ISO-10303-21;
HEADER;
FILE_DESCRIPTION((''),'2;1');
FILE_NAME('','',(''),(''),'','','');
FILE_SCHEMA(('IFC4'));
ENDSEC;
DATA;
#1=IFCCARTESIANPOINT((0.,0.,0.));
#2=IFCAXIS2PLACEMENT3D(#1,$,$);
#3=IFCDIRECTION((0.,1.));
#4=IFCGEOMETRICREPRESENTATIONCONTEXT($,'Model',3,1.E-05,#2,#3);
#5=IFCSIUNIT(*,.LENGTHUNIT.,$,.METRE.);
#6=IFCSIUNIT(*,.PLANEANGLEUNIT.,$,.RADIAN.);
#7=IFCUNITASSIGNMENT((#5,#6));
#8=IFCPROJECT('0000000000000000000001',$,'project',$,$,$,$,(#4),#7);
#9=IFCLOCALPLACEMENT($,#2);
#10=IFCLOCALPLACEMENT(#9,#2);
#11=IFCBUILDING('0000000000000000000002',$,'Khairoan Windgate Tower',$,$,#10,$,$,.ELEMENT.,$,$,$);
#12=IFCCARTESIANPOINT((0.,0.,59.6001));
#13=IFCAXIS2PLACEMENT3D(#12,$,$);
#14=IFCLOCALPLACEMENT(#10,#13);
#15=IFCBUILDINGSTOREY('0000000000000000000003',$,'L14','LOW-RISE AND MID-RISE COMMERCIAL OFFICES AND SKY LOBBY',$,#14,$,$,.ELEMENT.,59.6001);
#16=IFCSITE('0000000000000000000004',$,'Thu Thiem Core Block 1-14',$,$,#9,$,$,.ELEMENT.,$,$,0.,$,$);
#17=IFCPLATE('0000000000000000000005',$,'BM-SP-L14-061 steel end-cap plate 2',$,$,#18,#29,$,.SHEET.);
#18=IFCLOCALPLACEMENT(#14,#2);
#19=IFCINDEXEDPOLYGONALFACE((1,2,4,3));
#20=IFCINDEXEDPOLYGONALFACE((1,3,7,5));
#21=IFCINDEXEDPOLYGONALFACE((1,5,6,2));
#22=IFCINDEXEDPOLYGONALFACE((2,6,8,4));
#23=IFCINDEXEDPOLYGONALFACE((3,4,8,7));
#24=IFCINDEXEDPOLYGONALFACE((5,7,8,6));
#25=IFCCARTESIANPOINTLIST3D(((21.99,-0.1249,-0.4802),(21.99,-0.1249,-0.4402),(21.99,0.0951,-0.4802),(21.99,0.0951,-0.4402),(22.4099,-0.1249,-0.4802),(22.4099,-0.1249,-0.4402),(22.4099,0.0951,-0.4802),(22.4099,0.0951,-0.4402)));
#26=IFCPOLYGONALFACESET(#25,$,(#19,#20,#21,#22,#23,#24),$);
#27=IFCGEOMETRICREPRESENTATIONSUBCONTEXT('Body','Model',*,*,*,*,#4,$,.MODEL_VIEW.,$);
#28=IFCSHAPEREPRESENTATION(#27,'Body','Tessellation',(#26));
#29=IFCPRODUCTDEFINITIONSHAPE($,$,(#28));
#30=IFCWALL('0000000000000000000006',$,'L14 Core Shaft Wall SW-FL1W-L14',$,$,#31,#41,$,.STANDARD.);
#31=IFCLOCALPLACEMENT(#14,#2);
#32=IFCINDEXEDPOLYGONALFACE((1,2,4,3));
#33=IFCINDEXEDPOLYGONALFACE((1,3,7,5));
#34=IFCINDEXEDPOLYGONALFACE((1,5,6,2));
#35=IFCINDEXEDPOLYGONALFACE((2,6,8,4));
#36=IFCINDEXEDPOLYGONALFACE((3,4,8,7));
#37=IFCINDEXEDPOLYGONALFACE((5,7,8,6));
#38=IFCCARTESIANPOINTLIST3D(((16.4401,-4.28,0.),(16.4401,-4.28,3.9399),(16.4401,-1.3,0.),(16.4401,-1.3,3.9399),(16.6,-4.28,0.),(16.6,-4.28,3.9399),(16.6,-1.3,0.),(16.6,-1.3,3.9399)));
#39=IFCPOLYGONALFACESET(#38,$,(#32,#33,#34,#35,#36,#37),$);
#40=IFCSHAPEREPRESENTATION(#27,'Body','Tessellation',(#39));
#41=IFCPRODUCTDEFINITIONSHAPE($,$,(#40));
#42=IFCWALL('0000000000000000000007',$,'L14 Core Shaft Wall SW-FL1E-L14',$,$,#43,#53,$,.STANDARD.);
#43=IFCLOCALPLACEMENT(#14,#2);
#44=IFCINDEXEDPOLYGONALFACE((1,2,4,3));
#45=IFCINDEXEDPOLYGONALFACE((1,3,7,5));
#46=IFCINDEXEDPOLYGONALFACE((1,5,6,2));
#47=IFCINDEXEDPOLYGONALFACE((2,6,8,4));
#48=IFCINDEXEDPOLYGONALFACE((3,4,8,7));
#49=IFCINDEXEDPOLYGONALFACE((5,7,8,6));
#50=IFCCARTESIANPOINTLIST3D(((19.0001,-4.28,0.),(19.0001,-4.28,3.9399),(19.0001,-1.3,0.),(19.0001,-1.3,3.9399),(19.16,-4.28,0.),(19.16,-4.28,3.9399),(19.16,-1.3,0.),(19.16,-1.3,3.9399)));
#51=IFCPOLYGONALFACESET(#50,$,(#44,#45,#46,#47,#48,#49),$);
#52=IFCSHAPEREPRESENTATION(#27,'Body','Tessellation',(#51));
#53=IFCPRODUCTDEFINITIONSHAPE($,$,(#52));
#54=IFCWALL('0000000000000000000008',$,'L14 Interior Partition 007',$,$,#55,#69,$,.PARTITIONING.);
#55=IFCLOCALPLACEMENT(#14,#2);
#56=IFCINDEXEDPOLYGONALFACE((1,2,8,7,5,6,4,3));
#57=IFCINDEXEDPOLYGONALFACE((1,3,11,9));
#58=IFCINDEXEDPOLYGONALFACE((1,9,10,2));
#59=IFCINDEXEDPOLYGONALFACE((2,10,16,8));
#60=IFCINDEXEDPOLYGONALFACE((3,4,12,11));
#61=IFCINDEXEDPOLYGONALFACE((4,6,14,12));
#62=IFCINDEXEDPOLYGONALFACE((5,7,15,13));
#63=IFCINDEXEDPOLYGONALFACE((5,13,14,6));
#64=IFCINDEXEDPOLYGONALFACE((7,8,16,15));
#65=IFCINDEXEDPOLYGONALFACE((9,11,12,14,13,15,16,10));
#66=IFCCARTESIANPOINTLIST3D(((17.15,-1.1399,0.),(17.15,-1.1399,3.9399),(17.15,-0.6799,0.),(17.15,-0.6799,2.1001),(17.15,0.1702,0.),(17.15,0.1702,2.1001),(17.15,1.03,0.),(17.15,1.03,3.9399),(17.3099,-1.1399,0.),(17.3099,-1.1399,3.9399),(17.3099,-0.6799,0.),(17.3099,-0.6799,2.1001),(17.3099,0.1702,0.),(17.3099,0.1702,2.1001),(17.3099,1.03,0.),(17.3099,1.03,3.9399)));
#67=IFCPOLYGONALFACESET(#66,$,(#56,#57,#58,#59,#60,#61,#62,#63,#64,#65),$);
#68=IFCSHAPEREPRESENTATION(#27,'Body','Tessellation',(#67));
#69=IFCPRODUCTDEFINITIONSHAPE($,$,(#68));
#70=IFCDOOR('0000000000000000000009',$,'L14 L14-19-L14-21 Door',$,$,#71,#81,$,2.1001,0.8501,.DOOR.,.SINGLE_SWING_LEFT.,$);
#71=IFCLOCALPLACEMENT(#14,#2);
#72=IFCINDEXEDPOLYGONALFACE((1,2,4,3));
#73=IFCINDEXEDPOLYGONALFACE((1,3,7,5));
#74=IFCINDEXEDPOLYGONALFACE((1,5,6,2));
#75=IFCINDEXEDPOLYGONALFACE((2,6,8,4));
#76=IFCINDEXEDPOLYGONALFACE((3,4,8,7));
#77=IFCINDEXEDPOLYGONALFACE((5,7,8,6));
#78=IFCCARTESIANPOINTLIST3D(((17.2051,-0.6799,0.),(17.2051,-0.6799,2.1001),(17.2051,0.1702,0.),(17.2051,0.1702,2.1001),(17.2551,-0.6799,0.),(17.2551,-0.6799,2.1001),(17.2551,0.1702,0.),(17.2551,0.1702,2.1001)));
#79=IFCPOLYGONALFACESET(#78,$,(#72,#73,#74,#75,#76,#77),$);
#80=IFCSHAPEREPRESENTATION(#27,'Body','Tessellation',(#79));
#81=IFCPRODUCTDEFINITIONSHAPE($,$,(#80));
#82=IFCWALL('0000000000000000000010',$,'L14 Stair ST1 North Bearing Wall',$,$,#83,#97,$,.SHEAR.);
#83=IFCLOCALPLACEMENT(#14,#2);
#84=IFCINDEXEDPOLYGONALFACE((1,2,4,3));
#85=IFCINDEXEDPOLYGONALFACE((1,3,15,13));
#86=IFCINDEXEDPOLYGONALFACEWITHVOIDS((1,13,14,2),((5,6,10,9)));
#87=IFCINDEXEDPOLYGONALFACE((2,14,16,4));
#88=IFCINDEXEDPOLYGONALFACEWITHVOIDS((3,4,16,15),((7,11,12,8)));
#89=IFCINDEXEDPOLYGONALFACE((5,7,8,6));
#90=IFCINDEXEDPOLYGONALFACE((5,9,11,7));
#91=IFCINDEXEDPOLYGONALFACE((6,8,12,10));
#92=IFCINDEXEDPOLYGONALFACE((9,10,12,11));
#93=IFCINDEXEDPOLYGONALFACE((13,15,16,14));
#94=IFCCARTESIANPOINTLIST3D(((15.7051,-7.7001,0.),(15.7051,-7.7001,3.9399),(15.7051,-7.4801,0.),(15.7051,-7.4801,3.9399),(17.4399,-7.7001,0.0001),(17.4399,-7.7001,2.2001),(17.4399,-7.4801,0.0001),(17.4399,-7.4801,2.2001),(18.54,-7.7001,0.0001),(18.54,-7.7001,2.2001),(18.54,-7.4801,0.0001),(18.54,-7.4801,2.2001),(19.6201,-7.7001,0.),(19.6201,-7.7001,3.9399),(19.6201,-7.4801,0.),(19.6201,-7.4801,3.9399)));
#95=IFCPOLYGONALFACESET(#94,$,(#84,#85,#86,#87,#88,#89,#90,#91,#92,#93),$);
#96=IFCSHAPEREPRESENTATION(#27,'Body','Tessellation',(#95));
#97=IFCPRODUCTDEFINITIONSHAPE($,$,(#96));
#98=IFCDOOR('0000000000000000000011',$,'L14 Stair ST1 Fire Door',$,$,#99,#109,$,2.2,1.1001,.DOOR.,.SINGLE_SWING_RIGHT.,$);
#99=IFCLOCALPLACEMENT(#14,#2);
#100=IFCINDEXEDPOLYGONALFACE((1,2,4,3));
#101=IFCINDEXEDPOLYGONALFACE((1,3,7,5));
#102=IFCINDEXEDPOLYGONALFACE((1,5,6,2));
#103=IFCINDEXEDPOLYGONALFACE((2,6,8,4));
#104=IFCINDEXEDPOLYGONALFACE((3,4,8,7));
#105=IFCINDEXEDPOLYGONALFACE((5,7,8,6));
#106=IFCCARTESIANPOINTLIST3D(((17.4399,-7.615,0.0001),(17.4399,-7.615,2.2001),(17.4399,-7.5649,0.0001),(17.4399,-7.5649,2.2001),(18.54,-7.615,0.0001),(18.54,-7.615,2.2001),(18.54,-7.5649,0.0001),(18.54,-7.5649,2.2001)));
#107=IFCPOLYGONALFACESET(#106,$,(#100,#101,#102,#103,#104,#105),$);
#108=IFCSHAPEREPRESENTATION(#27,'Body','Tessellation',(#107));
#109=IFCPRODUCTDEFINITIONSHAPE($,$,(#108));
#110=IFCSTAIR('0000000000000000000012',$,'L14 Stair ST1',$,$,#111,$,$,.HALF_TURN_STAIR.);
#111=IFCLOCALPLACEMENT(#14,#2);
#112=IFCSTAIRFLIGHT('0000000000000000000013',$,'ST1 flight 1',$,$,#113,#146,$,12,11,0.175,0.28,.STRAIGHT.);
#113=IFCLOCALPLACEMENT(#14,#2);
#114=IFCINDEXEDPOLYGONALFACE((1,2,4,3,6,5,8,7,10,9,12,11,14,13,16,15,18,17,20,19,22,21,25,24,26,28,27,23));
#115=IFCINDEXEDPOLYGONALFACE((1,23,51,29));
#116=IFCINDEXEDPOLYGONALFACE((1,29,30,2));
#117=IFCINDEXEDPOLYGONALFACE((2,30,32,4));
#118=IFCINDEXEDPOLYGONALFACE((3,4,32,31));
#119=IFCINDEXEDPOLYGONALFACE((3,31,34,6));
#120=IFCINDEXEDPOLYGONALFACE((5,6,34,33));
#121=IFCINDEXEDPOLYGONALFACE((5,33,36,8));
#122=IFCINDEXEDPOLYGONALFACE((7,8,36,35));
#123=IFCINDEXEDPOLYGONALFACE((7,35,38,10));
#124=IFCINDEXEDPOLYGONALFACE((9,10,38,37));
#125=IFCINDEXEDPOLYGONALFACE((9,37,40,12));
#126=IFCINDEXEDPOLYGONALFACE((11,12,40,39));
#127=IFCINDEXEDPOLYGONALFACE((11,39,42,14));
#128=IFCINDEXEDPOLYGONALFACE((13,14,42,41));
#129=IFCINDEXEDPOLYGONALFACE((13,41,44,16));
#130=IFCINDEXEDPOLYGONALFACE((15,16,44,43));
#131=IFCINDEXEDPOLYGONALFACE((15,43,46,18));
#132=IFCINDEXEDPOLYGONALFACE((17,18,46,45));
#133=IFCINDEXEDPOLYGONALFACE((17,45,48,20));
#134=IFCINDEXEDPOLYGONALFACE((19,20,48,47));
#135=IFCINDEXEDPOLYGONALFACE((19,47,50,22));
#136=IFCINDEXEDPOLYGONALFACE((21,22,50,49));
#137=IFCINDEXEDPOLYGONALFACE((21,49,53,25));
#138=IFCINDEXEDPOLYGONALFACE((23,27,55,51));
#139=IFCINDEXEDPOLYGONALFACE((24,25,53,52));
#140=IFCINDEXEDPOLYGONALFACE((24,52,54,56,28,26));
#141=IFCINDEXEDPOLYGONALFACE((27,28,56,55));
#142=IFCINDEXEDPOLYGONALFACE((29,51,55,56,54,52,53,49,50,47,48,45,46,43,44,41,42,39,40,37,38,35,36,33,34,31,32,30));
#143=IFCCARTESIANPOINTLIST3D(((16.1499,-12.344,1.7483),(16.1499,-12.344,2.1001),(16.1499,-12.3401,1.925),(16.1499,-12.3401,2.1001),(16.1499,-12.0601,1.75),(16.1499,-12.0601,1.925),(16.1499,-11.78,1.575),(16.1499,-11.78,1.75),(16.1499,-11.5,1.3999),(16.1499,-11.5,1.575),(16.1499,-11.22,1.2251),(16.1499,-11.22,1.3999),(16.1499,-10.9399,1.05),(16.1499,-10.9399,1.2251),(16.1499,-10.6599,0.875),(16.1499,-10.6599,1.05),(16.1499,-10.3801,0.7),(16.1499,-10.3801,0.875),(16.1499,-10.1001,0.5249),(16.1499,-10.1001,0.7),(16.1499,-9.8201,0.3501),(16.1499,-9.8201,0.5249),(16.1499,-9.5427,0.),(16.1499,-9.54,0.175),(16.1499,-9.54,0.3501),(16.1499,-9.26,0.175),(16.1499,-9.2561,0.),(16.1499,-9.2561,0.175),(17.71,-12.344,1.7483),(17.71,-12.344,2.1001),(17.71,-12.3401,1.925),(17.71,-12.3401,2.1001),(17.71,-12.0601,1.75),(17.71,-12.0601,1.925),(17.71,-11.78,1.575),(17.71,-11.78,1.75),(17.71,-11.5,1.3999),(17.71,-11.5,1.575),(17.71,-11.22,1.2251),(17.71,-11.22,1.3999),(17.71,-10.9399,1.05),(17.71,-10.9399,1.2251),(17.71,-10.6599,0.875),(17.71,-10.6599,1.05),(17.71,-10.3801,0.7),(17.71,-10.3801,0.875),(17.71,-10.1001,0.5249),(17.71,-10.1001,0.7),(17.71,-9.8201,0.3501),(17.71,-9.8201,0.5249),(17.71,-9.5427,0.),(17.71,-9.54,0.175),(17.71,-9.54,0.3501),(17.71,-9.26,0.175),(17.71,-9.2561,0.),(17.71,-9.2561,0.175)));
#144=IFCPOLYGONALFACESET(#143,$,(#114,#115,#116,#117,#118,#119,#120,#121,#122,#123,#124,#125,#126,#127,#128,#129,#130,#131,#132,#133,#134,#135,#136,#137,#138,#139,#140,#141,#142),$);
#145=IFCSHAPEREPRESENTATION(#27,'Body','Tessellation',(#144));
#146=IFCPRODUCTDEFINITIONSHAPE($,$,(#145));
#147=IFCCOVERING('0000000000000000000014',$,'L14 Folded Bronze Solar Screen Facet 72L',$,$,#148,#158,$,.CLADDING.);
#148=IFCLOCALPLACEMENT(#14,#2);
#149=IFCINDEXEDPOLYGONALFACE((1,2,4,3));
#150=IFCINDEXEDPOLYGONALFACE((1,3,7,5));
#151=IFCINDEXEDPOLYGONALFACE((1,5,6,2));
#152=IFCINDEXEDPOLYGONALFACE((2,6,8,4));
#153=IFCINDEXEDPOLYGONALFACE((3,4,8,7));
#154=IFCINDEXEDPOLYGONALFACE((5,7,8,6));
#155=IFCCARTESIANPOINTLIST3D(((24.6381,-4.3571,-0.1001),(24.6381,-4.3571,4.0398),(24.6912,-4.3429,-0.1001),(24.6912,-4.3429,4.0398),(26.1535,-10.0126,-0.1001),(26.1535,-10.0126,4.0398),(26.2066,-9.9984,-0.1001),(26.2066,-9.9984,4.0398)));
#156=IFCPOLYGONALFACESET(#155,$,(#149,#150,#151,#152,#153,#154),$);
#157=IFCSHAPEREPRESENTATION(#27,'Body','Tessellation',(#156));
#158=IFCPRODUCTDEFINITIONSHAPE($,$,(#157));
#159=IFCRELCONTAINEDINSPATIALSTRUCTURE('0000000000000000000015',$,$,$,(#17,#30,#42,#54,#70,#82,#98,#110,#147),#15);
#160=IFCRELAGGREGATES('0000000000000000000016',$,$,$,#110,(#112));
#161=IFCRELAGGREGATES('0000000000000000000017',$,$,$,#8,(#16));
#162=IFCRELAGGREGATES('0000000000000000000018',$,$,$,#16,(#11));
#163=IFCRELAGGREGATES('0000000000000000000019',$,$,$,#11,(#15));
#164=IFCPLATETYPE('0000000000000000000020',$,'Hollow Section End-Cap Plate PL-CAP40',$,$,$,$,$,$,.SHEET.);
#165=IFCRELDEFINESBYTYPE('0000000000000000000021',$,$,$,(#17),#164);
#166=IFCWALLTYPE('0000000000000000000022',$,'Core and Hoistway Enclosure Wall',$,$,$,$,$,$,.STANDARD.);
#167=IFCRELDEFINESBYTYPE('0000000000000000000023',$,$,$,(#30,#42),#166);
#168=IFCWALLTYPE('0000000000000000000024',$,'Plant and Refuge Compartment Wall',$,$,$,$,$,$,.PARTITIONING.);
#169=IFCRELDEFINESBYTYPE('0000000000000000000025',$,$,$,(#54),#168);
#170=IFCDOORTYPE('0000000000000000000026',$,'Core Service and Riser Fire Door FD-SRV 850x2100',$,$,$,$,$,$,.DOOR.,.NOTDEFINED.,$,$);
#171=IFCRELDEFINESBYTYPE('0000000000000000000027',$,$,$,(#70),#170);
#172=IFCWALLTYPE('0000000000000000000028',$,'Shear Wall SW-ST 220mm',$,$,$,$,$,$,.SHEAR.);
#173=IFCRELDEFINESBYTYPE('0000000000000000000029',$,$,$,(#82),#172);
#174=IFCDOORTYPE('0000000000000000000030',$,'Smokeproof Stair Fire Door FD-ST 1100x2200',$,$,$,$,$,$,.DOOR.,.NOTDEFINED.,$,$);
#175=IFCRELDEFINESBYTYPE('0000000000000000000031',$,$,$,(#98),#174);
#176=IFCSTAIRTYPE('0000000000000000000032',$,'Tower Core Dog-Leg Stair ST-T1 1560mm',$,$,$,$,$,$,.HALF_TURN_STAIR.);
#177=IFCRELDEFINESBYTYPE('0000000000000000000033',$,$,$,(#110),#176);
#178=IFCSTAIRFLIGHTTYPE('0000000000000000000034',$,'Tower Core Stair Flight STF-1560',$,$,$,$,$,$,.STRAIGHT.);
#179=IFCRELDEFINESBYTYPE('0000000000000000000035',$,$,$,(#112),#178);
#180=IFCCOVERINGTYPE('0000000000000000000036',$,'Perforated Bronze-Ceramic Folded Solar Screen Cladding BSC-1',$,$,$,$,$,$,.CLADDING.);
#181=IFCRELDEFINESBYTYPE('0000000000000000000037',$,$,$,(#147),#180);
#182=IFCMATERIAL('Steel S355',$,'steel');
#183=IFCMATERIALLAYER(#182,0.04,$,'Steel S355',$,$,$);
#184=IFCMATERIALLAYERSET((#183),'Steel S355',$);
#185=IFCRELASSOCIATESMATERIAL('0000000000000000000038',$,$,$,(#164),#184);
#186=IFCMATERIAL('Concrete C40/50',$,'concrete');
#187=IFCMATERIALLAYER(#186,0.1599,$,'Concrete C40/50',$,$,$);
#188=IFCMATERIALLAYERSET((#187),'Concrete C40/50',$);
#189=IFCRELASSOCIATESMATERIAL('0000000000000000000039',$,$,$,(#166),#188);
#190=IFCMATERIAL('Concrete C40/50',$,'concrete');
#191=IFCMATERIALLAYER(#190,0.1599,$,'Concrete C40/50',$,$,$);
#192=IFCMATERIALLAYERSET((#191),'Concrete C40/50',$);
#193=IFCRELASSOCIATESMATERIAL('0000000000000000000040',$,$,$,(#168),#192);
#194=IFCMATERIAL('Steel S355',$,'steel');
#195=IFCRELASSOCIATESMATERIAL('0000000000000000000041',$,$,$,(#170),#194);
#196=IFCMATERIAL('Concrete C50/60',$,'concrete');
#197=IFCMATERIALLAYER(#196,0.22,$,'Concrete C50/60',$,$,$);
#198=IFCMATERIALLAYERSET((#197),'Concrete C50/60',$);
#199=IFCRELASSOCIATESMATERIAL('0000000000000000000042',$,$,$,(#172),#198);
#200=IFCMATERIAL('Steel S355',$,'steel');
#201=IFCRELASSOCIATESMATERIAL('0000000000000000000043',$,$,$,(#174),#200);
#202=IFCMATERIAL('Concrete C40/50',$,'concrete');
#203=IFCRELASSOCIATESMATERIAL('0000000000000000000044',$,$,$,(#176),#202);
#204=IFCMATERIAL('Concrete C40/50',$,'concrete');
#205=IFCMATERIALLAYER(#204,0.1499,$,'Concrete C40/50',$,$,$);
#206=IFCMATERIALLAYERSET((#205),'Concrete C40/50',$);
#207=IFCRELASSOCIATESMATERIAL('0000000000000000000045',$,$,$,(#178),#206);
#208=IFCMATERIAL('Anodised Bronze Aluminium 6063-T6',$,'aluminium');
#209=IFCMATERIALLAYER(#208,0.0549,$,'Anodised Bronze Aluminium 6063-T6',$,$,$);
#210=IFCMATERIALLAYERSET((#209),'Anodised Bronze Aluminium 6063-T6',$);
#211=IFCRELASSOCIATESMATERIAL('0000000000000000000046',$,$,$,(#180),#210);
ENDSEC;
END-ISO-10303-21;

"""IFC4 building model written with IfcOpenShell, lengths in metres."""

from ifc_helpers import new_model, si_unit, direction, frame, frame_2d, origin, origin_2d, place, context, subcontext, project, spatial, polyline, rectangle, outline, extrude, material, layer, layer_set, type_object, element, fill, aggregate, save


model = new_model("IFC4")

# Units and contexts
model_context = context("Model", 3, precision=1e-05, world=origin(), true_north=direction((0.0, 1.0)))
body_context = subcontext(model_context, "Body", "Model", "MODEL_VIEW")
ifc_project = project(units=[si_unit("LENGTHUNIT", "METRE"), si_unit("PLANEANGLEUNIT", "RADIAN")], contexts=[model_context])

# Site, building, storey
site_placement = place(None, origin())
site = spatial("IfcSite", under=ifc_project, at=site_placement, Name="Thu Thiem Core Block 1-14", CompositionType="ELEMENT", RefElevation=0.0)
building_placement = place(site_placement, origin())
building = spatial("IfcBuilding", under=site, at=building_placement, Name="Khairoan Windgate Tower", CompositionType="ELEMENT")
storey_placement = place(building_placement, frame((0.0, 0.0, 59.6001)))
storey = spatial("IfcBuildingStorey", under=building, at=storey_placement, Name="L14", Description="LOW-RISE AND MID-RISE COMMERCIAL OFFICES AND SKY LOBBY", CompositionType="ELEMENT", Elevation=59.6001)

# Plate
ifc_material_1 = material(Name="Steel S355", Category="steel")
ifc_layer_1 = layer(ifc_material_1, 0.04, Name="Steel S355")
ifc_layer_set_1 = layer_set([ifc_layer_1], Name="Steel S355")
plate_type = type_object("IfcPlateType", Name="Hollow Section End-Cap Plate PL-CAP40", PredefinedType="SHEET", material=ifc_layer_set_1)
for number, where, z_axis, x_axis, name in (
    (1, (22.2, -0.0149, -0.4802), (0.0, 0.0, 1.0), (0.0, 1.0, 0.0), "BM-SP-L14-061 steel end-cap plate 2"),
):
    element("IfcPlate", number, at=place(storey_placement, frame(where, z_axis=z_axis, x_axis=x_axis)), inside=storey, type_object=plate_type, Name=name, PredefinedType="SHEET", context=body_context, shape_type="SweptSolid", body=[
        extrude(rectangle(XDim=0.22, YDim=0.4199, at=origin_2d()), origin(), (0.0, 0.0, 1.0), 0.04),
    ])

# Walls
ifc_material_2 = material(Name="Concrete C40/50", Category="concrete")
ifc_layer_2 = layer(ifc_material_2, 0.1599, Name="Concrete C40/50")
ifc_layer_set_2 = layer_set([ifc_layer_2], Name="Concrete C40/50")
wall_type_1 = type_object("IfcWallType", Name="Core and Hoistway Enclosure Wall", PredefinedType="STANDARD", material=ifc_layer_set_2)
for number, where, z_axis, x_axis, name in (
    (2, (16.52, -4.28, 0.0), (0.0, 0.0, 1.0), (0.0, 1.0, 0.0), "L14 Core Shaft Wall SW-FL1W-L14"),
    (3, (19.0801, -4.28, 0.0), (0.0, 0.0, 1.0), (0.0, 1.0, 0.0), "L14 Core Shaft Wall SW-FL1E-L14"),
):
    element("IfcWall", number, at=place(storey_placement, frame(where, z_axis=z_axis, x_axis=x_axis)), inside=storey, type_object=wall_type_1, Name=name, PredefinedType="STANDARD", context=body_context, shape_type="SweptSolid", body=[
        extrude(rectangle(XDim=2.98, YDim=0.1599, at=frame_2d((1.49, 0.0))), origin(), (0.0, 0.0, 1.0), 3.9399),
    ])

# Walls, openings, doors
ifc_material_3 = material(Name="Concrete C40/50", Category="concrete")
ifc_layer_3 = layer(ifc_material_3, 0.1599, Name="Concrete C40/50")
ifc_layer_set_3 = layer_set([ifc_layer_3], Name="Concrete C40/50")
wall_type_2 = type_object("IfcWallType", Name="Plant and Refuge Compartment Wall", PredefinedType="PARTITIONING", material=ifc_layer_set_3)
wall_1_placement = place(storey_placement, frame((17.23, -1.1399, 0.0), z_axis=(0.0, 0.0, 1.0), x_axis=(0.0, 1.0, 0.0)))
wall_1 = element("IfcWall", 4, at=wall_1_placement, inside=storey, type_object=wall_type_2, Name="L14 Interior Partition 007", PredefinedType="PARTITIONING", context=body_context, shape_type="SweptSolid", body=[
    extrude(rectangle(XDim=2.1699, YDim=0.1599, at=frame_2d((1.085, 0.0))), origin(), (0.0, 0.0, 1.0), 3.9399),
])
opening_1_placement = place(wall_1_placement, frame((0.46, 0.0, 0.0)))
opening_1 = element("IfcOpeningElement", 5, at=opening_1_placement, cuts=wall_1, PredefinedType="OPENING", context=body_context, shape_type="SweptSolid", body=[
    extrude(rectangle(XDim=0.8501, YDim=2.1001, at=frame_2d((0.425, 1.05))), frame((0.0, 0.0898, 0.0), z_axis=(0.0, -1.0, 0.0), x_axis=(1.0, 0.0, 0.0)), (0.0, 0.0, 1.0), 0.1799),
])
ifc_material_4 = material(Name="Steel S355", Category="steel")
door_type_1 = type_object("IfcDoorType", Name="Core Service and Riser Fire Door FD-SRV 850x2100", OperationType="NOTDEFINED", PredefinedType="DOOR", material=ifc_material_4)
door_1_placement = place(opening_1_placement, origin())
door_1 = element("IfcDoor", 6, at=door_1_placement, inside=storey, type_object=door_type_1, Name="L14 L14-19-L14-21 Door", OperationType="SINGLE_SWING_LEFT", OverallHeight=2.1001, OverallWidth=0.8501, PredefinedType="DOOR", context=body_context, shape_type="SweptSolid", body=[
    extrude(rectangle(XDim=0.8501, YDim=2.1001, at=frame_2d((0.425, 1.05))), frame((0.0, 0.0249, 0.0), z_axis=(0.0, -1.0, 0.0), x_axis=(1.0, 0.0, 0.0)), (0.0, 0.0, 1.0), 0.05),
])
fill(opening_1, door_1)
ifc_material_5 = material(Name="Concrete C50/60", Category="concrete")
ifc_layer_4 = layer(ifc_material_5, 0.22, Name="Concrete C50/60")
ifc_layer_set_4 = layer_set([ifc_layer_4], Name="Concrete C50/60")
wall_type_3 = type_object("IfcWallType", Name="Shear Wall SW-ST 220mm", PredefinedType="SHEAR", material=ifc_layer_set_4)
wall_2_placement = place(storey_placement, frame((19.6201, -7.5901, 0.0), z_axis=(0.0, 0.0, 1.0), x_axis=(-1.0, 0.0, 0.0)))
wall_2 = element("IfcWall", 7, at=wall_2_placement, inside=storey, type_object=wall_type_3, Name="L14 Stair ST1 North Bearing Wall", PredefinedType="SHEAR", context=body_context, shape_type="SweptSolid", body=[
    extrude(rectangle(XDim=3.915, YDim=0.22, at=frame_2d((1.9575, 0.0))), origin(), (0.0, 0.0, 1.0), 3.9399),
])
opening_2_placement = place(wall_2_placement, frame((1.0801, 0.0, 0.0)))
opening_2 = element("IfcOpeningElement", 8, at=opening_2_placement, cuts=wall_2, PredefinedType="OPENING", context=body_context, shape_type="SweptSolid", body=[
    extrude(rectangle(XDim=1.1001, YDim=2.2, at=frame_2d((0.55, 1.1001))), frame((0.0, 0.1199, 0.0), z_axis=(0.0, -1.0, 0.0), x_axis=(1.0, 0.0, 0.0)), (0.0, 0.0, 1.0), 0.24),
])
ifc_material_6 = material(Name="Steel S355", Category="steel")
door_type_2 = type_object("IfcDoorType", Name="Smokeproof Stair Fire Door FD-ST 1100x2200", OperationType="NOTDEFINED", PredefinedType="DOOR", material=ifc_material_6)
door_2_placement = place(opening_2_placement, origin())
door_2 = element("IfcDoor", 9, at=door_2_placement, inside=storey, type_object=door_type_2, Name="L14 Stair ST1 Fire Door", OperationType="SINGLE_SWING_RIGHT", OverallHeight=2.2, OverallWidth=1.1001, PredefinedType="DOOR", context=body_context, shape_type="SweptSolid", body=[
    extrude(rectangle(XDim=1.1001, YDim=2.2, at=frame_2d((0.55, 1.1001))), frame((0.0, 0.0249, 0.0), z_axis=(0.0, -1.0, 0.0), x_axis=(1.0, 0.0, 0.0)), (0.0, 0.0, 1.0), 0.05),
])
fill(opening_2, door_2)

# Stair, stair flight
ifc_material_7 = material(Name="Concrete C40/50", Category="concrete")
stair_type = type_object("IfcStairType", Name="Tower Core Dog-Leg Stair ST-T1 1560mm", PredefinedType="HALF_TURN_STAIR", material=ifc_material_7)
stair_placement = place(storey_placement, origin())
stair = element("IfcStair", 10, at=stair_placement, inside=storey, type_object=stair_type, Name="L14 Stair ST1", PredefinedType="HALF_TURN_STAIR")
ifc_material_8 = material(Name="Concrete C40/50", Category="concrete")
ifc_layer_5 = layer(ifc_material_8, 0.1499, Name="Concrete C40/50")
ifc_layer_set_5 = layer_set([ifc_layer_5], Name="Concrete C40/50")
stair_flight_type = type_object("IfcStairFlightType", Name="Tower Core Stair Flight STF-1560", PredefinedType="STRAIGHT", material=ifc_layer_set_5)
stair_flight_placement = place(storey_placement, frame((16.9299, -9.26, 0.0), z_axis=(0.0, 0.0, 1.0), x_axis=(0.0, -1.0, 0.0)))
stair_flight = element("IfcStairFlight", 11, at=stair_flight_placement, type_object=stair_flight_type, Name="ST1 flight 1", NumberOfRisers=12, NumberOfTreads=11, PredefinedType="STRAIGHT", RiserHeight=0.175, TreadLength=0.28, context=body_context, shape_type="SweptSolid", body=[
    extrude(outline(polyline([(-0.0039, 0.0), (-0.0039, 0.175), (0.0, 0.175), (0.28, 0.175), (0.28, 0.3501), (0.5601, 0.3501), (0.5601, 0.5249), (0.8401, 0.5249), (0.8401, 0.7), (1.1201, 0.7), (1.1201, 0.875), (1.3999, 0.875), (1.3999, 1.05), (1.6799, 1.05), (1.6799, 1.2251), (1.96, 1.2251), (1.96, 1.3999), (2.24, 1.3999), (2.24, 1.575), (2.52, 1.575), (2.52, 1.75), (2.8, 1.75), (2.8, 1.925), (3.0801, 1.925), (3.0801, 2.1001), (3.084, 2.1001), (3.084, 1.7483), (0.2827, 0.0), (-0.0039, 0.0)])), frame((0.0, 0.78, 0.0), z_axis=(0.0, -1.0, 0.0), x_axis=(1.0, 0.0, 0.0)), (0.0, 0.0, 1.0), 1.5601),
])
aggregate(stair, [stair_flight])

# Covering
ifc_material_9 = material(Name="Anodised Bronze Aluminium 6063-T6", Category="aluminium")
ifc_layer_6 = layer(ifc_material_9, 0.0549, Name="Anodised Bronze Aluminium 6063-T6")
ifc_layer_set_6 = layer_set([ifc_layer_6], Name="Anodised Bronze Aluminium 6063-T6")
covering_type = type_object("IfcCoveringType", Name="Perforated Bronze-Ceramic Folded Solar Screen Cladding BSC-1", PredefinedType="CLADDING", material=ifc_layer_set_6)
covering_placement = place(storey_placement, frame((25.4224, -7.1777, -0.1001), z_axis=(0.0, 0.0, 1.0), x_axis=(0.258819, -0.965926, 0.0)))
element("IfcCovering", 12, at=covering_placement, inside=storey, type_object=covering_type, Name="L14 Folded Bronze Solar Screen Facet 72L", PredefinedType="CLADDING", context=body_context, shape_type="SweptSolid", body=[
    extrude(rectangle(XDim=5.855, YDim=0.0549, at=origin_2d()), origin(), (0.0, 0.0, 1.0), 4.1399),
])

save(model, "model.ifc")
